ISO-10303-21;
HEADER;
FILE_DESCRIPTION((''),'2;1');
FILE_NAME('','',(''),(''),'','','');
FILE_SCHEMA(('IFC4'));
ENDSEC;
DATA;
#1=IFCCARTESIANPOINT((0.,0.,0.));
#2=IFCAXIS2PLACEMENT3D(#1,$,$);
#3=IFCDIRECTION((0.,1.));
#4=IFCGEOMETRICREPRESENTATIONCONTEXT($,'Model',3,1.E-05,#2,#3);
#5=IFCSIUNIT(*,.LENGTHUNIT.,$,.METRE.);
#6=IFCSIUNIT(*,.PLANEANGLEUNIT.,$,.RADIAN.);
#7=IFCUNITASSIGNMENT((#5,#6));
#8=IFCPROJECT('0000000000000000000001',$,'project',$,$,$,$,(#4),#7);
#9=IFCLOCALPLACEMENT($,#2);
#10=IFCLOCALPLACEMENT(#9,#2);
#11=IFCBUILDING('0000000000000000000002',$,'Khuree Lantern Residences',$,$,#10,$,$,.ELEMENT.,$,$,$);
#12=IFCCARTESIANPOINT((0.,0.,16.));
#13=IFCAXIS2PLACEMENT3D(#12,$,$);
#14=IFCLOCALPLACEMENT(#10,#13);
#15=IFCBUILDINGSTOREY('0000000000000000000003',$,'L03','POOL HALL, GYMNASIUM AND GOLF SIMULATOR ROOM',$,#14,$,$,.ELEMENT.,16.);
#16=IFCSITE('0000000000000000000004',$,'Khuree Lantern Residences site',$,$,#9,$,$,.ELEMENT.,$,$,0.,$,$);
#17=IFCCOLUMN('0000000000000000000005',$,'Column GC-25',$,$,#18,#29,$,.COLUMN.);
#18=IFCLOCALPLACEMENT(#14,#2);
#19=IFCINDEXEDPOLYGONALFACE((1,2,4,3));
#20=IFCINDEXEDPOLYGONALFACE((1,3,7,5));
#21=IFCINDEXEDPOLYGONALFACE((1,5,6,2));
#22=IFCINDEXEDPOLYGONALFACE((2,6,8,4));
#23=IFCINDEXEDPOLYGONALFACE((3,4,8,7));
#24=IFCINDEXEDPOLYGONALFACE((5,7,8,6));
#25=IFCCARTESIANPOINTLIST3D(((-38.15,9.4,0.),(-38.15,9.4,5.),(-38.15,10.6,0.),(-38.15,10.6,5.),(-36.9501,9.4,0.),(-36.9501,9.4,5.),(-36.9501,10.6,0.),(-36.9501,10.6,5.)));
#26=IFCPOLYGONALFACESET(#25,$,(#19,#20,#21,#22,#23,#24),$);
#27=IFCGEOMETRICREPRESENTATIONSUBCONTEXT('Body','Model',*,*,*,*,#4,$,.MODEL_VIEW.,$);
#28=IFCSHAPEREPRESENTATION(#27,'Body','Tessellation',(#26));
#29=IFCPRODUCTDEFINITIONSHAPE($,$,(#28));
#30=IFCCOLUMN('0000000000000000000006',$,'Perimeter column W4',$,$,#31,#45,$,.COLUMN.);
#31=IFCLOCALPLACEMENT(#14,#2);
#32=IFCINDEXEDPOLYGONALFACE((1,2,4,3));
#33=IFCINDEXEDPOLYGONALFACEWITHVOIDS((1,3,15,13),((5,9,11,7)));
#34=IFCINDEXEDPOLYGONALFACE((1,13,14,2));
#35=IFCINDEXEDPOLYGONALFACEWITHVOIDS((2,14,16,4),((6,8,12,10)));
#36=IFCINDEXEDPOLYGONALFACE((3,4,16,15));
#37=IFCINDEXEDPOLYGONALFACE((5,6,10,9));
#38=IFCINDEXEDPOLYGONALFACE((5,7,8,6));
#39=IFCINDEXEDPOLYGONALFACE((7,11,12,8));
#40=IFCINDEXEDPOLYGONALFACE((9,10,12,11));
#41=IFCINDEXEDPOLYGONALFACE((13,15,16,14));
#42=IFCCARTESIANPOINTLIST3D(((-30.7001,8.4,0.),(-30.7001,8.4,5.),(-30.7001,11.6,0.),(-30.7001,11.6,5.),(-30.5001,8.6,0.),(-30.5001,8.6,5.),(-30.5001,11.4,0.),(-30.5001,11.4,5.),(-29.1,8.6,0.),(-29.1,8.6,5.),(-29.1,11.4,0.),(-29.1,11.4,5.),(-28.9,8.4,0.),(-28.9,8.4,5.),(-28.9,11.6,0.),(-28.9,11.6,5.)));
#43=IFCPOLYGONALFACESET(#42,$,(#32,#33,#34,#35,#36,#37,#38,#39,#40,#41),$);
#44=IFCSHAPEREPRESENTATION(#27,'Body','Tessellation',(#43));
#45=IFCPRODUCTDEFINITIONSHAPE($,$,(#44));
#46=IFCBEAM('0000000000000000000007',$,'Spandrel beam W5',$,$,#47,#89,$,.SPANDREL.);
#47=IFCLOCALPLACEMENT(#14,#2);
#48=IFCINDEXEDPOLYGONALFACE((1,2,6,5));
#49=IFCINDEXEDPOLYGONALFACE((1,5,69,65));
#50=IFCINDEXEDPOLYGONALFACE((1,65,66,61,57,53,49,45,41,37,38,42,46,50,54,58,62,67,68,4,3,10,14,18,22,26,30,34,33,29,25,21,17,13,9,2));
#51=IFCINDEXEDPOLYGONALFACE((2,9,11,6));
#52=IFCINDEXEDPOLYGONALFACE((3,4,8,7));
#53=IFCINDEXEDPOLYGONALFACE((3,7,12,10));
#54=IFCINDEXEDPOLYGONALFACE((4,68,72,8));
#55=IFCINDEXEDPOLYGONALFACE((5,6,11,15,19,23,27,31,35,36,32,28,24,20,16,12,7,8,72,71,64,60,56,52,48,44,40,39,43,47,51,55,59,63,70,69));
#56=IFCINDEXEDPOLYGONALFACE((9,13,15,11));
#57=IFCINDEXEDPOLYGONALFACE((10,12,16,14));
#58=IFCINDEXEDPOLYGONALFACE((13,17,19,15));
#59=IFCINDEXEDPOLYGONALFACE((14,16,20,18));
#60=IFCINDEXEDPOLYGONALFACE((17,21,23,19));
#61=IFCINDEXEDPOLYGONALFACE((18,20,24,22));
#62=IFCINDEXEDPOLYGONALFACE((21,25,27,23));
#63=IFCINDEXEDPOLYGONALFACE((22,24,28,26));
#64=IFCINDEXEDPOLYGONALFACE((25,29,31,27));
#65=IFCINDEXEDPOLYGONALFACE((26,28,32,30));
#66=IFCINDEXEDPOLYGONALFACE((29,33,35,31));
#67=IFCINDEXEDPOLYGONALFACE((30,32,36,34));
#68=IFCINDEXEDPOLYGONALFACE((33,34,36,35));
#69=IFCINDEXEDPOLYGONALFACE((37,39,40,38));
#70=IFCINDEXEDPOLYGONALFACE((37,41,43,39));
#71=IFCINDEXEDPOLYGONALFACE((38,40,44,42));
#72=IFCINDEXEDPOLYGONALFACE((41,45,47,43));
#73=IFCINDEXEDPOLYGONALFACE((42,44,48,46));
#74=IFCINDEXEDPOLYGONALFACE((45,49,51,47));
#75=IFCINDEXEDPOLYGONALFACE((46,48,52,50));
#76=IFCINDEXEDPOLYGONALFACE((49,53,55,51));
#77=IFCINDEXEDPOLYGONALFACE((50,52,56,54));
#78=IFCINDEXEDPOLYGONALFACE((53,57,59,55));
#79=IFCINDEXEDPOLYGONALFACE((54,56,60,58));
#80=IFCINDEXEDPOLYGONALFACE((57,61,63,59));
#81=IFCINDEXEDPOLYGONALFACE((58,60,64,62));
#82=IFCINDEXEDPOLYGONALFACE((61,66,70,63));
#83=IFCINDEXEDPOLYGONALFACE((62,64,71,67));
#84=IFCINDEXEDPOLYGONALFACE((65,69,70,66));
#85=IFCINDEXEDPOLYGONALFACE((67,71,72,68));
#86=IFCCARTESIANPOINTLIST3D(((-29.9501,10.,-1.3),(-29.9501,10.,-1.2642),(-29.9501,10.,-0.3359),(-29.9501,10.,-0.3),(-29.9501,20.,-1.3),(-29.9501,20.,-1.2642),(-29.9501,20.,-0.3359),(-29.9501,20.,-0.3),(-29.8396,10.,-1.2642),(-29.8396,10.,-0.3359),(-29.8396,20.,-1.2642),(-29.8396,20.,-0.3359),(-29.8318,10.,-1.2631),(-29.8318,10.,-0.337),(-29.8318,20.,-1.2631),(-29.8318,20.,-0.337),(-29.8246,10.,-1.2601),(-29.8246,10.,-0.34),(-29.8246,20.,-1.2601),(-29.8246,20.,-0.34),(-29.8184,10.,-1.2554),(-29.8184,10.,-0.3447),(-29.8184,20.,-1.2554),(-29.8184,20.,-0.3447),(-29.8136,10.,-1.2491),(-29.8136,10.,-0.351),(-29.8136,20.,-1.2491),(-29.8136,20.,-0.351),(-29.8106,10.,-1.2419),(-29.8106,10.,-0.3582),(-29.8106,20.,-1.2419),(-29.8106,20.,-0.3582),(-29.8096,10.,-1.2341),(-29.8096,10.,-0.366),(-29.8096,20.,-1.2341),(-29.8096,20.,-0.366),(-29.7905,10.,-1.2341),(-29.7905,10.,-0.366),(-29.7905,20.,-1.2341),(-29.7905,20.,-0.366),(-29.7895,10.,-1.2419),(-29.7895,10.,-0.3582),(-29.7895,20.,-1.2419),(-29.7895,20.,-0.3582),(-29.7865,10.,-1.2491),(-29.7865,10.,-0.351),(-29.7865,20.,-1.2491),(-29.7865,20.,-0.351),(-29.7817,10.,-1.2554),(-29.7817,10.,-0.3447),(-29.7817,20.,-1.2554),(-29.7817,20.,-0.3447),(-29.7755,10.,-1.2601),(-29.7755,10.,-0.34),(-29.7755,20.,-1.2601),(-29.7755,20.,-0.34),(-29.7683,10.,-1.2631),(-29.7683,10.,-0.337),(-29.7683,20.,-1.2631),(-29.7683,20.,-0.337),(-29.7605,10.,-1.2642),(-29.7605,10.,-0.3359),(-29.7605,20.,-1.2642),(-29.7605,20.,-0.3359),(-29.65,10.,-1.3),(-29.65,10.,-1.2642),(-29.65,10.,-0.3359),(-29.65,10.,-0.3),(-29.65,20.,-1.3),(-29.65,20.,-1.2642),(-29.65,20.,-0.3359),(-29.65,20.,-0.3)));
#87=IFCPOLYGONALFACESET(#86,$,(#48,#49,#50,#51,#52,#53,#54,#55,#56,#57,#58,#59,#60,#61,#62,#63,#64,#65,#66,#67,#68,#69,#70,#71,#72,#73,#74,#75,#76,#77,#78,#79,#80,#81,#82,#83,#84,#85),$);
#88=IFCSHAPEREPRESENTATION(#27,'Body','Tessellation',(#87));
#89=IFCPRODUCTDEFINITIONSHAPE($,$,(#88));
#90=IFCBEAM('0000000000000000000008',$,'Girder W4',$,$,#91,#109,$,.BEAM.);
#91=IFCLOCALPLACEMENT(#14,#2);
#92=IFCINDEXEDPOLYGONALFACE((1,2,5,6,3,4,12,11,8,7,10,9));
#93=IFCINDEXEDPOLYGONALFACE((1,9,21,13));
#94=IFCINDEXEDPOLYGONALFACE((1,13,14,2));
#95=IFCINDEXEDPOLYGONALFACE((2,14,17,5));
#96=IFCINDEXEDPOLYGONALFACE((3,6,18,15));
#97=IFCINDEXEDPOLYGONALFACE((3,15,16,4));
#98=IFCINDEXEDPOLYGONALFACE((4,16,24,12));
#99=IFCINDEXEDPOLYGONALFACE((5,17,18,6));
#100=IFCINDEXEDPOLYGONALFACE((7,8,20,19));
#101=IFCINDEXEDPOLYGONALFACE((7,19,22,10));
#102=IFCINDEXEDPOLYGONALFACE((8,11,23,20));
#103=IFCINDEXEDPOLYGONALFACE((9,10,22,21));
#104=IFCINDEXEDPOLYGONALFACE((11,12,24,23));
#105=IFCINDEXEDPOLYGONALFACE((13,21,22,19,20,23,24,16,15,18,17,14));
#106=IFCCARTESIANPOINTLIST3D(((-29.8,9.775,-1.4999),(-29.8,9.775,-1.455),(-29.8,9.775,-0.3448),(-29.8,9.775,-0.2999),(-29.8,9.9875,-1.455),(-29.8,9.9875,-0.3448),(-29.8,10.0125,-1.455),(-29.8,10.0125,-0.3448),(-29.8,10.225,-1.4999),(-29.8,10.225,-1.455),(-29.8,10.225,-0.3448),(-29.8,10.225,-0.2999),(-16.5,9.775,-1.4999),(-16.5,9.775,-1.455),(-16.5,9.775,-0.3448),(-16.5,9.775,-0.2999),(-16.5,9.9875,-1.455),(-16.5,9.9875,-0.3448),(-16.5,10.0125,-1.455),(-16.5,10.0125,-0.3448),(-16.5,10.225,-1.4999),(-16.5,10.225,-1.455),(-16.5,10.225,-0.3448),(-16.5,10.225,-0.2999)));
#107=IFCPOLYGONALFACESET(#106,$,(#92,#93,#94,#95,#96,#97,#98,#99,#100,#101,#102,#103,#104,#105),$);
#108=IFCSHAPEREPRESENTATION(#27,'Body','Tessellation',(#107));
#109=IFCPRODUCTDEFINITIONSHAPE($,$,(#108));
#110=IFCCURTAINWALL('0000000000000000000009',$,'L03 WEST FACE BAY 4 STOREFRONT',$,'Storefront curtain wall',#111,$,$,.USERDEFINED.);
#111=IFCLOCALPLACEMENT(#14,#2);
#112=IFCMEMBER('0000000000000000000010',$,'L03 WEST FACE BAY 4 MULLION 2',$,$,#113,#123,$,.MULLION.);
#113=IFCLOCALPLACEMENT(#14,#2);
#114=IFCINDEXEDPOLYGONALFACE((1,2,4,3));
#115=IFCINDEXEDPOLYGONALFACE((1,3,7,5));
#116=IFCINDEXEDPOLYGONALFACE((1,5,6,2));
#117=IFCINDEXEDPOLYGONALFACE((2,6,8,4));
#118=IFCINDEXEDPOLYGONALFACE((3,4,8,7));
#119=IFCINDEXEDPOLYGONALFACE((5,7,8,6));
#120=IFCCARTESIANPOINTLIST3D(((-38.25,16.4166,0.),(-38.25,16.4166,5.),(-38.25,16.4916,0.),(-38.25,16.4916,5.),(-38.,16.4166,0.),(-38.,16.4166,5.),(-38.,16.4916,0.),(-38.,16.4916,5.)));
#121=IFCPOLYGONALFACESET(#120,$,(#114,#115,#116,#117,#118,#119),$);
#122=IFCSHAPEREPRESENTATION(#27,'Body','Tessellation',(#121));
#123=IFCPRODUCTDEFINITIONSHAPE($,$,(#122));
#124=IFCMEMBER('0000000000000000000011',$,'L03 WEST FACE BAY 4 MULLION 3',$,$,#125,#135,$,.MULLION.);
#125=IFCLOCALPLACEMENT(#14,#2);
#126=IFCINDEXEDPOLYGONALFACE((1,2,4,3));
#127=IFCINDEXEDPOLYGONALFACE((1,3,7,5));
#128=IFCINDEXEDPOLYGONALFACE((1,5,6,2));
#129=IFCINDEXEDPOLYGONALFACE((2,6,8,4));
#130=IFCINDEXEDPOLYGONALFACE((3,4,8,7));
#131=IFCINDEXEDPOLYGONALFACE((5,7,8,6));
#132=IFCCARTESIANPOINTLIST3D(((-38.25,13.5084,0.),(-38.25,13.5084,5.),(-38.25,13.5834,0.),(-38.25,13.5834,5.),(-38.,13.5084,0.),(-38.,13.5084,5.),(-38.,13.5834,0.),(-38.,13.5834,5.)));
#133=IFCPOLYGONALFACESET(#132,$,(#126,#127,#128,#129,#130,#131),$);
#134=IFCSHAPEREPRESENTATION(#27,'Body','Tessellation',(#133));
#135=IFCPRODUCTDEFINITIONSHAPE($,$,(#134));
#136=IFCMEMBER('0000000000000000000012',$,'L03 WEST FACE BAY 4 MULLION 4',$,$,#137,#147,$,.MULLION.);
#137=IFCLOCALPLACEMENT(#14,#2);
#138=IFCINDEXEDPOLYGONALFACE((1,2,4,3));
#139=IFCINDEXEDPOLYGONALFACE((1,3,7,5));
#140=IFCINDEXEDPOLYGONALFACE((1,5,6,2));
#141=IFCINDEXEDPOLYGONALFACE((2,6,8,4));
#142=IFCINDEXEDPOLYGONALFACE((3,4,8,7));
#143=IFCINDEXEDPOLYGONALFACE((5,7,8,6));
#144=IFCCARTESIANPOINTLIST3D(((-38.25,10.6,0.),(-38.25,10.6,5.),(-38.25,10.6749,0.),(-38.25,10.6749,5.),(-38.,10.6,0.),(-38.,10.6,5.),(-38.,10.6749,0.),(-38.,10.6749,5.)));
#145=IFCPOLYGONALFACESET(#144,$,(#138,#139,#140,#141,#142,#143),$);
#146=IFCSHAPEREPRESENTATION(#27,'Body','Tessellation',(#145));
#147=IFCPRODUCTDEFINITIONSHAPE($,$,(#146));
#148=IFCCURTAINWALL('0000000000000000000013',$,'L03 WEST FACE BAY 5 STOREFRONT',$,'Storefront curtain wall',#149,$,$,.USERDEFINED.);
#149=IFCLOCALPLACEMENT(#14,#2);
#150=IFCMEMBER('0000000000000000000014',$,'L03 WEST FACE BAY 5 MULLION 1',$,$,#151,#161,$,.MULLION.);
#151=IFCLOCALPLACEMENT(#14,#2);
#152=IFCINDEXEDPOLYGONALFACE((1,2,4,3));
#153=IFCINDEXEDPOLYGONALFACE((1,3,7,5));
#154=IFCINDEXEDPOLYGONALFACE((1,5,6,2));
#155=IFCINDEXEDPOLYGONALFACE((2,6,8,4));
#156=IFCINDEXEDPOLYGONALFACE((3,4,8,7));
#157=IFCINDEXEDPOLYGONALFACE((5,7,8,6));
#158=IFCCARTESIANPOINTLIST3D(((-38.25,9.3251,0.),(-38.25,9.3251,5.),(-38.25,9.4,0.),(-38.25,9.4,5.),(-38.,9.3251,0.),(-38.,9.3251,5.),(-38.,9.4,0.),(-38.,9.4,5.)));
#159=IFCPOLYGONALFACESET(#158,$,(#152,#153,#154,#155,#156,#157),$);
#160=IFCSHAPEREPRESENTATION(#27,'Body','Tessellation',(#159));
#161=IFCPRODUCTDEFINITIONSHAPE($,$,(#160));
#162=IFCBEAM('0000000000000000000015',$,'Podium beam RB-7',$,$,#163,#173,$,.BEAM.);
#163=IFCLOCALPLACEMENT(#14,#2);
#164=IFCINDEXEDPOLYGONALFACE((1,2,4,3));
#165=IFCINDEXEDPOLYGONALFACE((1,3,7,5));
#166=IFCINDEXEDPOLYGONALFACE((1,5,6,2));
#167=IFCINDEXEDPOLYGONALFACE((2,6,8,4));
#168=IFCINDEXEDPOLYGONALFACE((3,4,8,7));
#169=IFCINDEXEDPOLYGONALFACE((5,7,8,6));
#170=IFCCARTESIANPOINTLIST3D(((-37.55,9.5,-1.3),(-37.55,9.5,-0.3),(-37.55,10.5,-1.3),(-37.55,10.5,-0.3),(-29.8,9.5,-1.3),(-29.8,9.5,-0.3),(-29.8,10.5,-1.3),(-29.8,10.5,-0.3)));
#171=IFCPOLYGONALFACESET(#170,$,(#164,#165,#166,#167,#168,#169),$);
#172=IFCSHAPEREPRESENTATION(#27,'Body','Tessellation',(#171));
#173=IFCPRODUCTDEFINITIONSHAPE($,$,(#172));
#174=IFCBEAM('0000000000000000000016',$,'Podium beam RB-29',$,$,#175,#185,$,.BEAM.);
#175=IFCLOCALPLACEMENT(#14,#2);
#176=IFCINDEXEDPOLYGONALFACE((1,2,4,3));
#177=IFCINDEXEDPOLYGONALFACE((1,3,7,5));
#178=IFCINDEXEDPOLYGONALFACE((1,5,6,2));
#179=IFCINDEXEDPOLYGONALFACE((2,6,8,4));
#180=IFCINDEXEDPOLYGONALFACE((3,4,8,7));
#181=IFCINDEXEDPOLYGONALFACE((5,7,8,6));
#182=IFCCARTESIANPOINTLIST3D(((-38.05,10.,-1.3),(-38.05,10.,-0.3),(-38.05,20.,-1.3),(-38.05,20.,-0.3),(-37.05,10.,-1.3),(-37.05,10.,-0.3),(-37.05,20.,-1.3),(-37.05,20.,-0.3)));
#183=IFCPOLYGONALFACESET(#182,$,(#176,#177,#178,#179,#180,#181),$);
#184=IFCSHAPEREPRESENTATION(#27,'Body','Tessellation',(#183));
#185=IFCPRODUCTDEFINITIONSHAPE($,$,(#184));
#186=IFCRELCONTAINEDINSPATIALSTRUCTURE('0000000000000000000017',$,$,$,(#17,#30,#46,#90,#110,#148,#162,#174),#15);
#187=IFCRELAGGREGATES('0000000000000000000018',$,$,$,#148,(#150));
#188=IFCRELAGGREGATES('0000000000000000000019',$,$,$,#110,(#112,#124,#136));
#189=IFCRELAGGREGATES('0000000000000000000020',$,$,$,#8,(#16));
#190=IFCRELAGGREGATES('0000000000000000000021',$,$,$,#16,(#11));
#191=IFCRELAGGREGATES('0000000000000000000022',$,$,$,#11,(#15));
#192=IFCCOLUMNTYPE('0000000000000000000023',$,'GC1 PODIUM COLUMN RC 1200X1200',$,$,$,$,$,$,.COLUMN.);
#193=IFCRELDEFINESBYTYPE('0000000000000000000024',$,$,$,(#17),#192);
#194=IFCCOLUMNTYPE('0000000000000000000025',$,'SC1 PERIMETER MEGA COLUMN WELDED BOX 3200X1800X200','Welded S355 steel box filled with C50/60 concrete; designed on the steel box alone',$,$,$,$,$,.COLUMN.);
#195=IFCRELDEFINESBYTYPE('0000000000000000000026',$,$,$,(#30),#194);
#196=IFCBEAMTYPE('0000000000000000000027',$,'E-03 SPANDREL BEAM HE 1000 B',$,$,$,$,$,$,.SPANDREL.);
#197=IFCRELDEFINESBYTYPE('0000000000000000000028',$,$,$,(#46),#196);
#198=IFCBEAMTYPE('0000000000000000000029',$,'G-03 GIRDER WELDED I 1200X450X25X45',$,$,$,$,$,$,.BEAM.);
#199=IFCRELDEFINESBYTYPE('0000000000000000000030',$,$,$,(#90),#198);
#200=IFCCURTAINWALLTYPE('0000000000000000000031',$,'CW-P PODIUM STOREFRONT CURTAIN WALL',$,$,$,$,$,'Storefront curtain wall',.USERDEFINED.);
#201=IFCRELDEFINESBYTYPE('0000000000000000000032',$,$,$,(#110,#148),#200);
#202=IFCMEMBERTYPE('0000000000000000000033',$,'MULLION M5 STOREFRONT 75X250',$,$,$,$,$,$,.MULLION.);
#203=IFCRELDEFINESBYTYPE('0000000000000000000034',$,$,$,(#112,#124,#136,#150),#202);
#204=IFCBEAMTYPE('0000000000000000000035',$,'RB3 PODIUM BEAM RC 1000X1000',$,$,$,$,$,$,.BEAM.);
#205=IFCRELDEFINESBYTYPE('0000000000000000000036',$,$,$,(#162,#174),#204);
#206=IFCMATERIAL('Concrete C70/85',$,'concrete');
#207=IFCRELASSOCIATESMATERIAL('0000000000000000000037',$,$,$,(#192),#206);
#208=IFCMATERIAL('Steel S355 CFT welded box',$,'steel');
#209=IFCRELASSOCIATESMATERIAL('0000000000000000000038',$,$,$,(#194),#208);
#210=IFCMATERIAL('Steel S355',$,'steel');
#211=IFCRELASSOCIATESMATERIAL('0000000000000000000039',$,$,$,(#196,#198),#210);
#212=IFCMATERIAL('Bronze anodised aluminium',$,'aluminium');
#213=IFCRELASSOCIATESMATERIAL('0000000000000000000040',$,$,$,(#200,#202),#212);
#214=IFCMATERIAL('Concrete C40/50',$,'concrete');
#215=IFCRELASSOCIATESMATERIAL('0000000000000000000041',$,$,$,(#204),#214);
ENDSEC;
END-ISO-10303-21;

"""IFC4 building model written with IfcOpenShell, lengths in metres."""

from ifc_helpers import new_model, si_unit, direction, frame, origin, origin_2d, place, context, subcontext, project, spatial, rectangle, hollow_rectangle, i_section, extrude, material, material_profile, profile_set, type_object, element, aggregate, save


model = new_model("IFC4")

# Units and contexts
model_context = context("Model", 3, precision=1e-05, world=origin(), true_north=direction((0.0, 1.0)))
body_context = subcontext(model_context, "Body", "Model", "MODEL_VIEW")
ifc_project = project(units=[si_unit("LENGTHUNIT", "METRE"), si_unit("PLANEANGLEUNIT", "RADIAN")], contexts=[model_context])

# Site, building, storey
site_placement = place(None, origin())
site = spatial("IfcSite", under=ifc_project, at=site_placement, Name="Khuree Lantern Residences site", CompositionType="ELEMENT", RefElevation=0.0)
building_placement = place(site_placement, origin())
building = spatial("IfcBuilding", under=site, at=building_placement, Name="Khuree Lantern Residences", CompositionType="ELEMENT")
storey_placement = place(building_placement, frame((0.0, 0.0, 16.0)))
storey = spatial("IfcBuildingStorey", under=building, at=storey_placement, Name="L03", Description="POOL HALL, GYMNASIUM AND GOLF SIMULATOR ROOM", CompositionType="ELEMENT", Elevation=16.0)

# Columns
ifc_material_1 = material(Name="Concrete C70/85", Category="concrete")
ifc_material_profile_1 = material_profile(ifc_material_1, rectangle(XDim=1.2, YDim=1.2, at=origin_2d()), Name="RC 1200X1200")
ifc_profile_set_1 = profile_set([ifc_material_profile_1], Name="Concrete C70/85")
column_type_1 = type_object("IfcColumnType", Name="GC1 PODIUM COLUMN RC 1200X1200", PredefinedType="COLUMN", material=ifc_profile_set_1)
column_1_placement = place(storey_placement, frame((-37.55, 10.0, 0.0), z_axis=(0.0, 0.0, 1.0), x_axis=(1.0, 0.0, 0.0)))
element("IfcColumn", 1, at=column_1_placement, inside=storey, type_object=column_type_1, Name="Column GC-25", PredefinedType="COLUMN", context=body_context, shape_type="SweptSolid", body=[
    extrude(rectangle(XDim=1.2, YDim=1.2, at=origin_2d()), origin(), (0.0, 0.0, 1.0), 5.0),
])
ifc_material_2 = material(Name="Steel S355 CFT welded box", Category="steel")
ifc_material_profile_2 = material_profile(ifc_material_2, hollow_rectangle(XDim=3.2, YDim=1.8, WallThickness=0.2, at=origin_2d()), Name="WELDED BOX 3200X1800X200")
ifc_profile_set_2 = profile_set([ifc_material_profile_2], Name="Steel S355 CFT welded box")
column_type_2 = type_object("IfcColumnType", Name="SC1 PERIMETER MEGA COLUMN WELDED BOX 3200X1800X200", Description="Welded S355 steel box filled with C50/60 concrete; designed on the steel box alone", PredefinedType="COLUMN", material=ifc_profile_set_2)
column_2_placement = place(storey_placement, frame((-29.8, 10.0, 0.0), z_axis=(0.0, 0.0, 1.0), x_axis=(0.0, 1.0, 0.0)))
element("IfcColumn", 2, at=column_2_placement, inside=storey, type_object=column_type_2, Name="Perimeter column W4", PredefinedType="COLUMN", context=body_context, shape_type="SweptSolid", body=[
    extrude(hollow_rectangle(XDim=3.2, YDim=1.8, WallThickness=0.2, at=origin_2d()), origin(), (0.0, 0.0, 1.0), 5.0),
])

# Beams
ifc_material_3 = material(Name="Steel S355", Category="steel")
ifc_material_profile_3 = material_profile(ifc_material_3, i_section(OverallWidth=0.3, OverallDepth=1.0, WebThickness=0.019, FlangeThickness=0.0359, FilletRadius=0.03, at=origin_2d()), Name="HE 1000 B")
ifc_profile_set_3 = profile_set([ifc_material_profile_3], Name="Steel S355")
beam_type_1 = type_object("IfcBeamType", Name="E-03 SPANDREL BEAM HE 1000 B", PredefinedType="SPANDREL", material=ifc_profile_set_3)
beam_1_placement = place(storey_placement, frame((-29.8, 10.0, -0.8), z_axis=(0.0, 1.0, 0.0), x_axis=(-1.0, 0.0, 0.0)))
element("IfcBeam", 3, at=beam_1_placement, inside=storey, type_object=beam_type_1, Name="Spandrel beam W5", PredefinedType="SPANDREL", context=body_context, shape_type="SweptSolid", body=[
    extrude(i_section(OverallWidth=0.3, OverallDepth=1.0, WebThickness=0.019, FlangeThickness=0.0359, FilletRadius=0.03, at=origin_2d()), origin(), (0.0, 0.0, 1.0), 10.0),
])
ifc_material_profile_4 = material_profile(ifc_material_3, i_section(OverallWidth=0.45, OverallDepth=1.2, WebThickness=0.0249, FlangeThickness=0.0449, at=origin_2d()), Name="WELDED I 1200X450X25X45")
ifc_profile_set_4 = profile_set([ifc_material_profile_4], Name="Steel S355")
beam_type_2 = type_object("IfcBeamType", Name="G-03 GIRDER WELDED I 1200X450X25X45", PredefinedType="BEAM", material=ifc_profile_set_4)
beam_2_placement = place(storey_placement, frame((-29.8, 10.0, -0.8999), z_axis=(1.0, 0.0, 0.0), x_axis=(0.0, 1.0, 0.0)))
element("IfcBeam", 4, at=beam_2_placement, inside=storey, type_object=beam_type_2, Name="Girder W4", PredefinedType="BEAM", context=body_context, shape_type="SweptSolid", body=[
    extrude(i_section(OverallWidth=0.45, OverallDepth=1.2, WebThickness=0.0249, FlangeThickness=0.0449, at=origin_2d()), origin(), (0.0, 0.0, 1.0), 13.3),
])

# Curtain wall, members
ifc_material_4 = material(Name="Bronze anodised aluminium", Category="aluminium")
curtain_wall_type = type_object("IfcCurtainWallType", Name="CW-P PODIUM STOREFRONT CURTAIN WALL", ElementType="Storefront curtain wall", PredefinedType="USERDEFINED", material=ifc_material_4)
curtain_wall_1_placement = place(storey_placement, origin())
curtain_wall_1 = element("IfcCurtainWall", 5, at=curtain_wall_1_placement, inside=storey, type_object=curtain_wall_type, Name="L03 WEST FACE BAY 4 STOREFRONT", ObjectType="Storefront curtain wall", PredefinedType="USERDEFINED")
ifc_material_profile_5 = material_profile(ifc_material_4, rectangle(XDim=0.075, YDim=0.25, at=origin_2d()), Name="M5 75X250")
ifc_profile_set_5 = profile_set([ifc_material_profile_5], Name="Bronze anodised aluminium")
member_type_1 = type_object("IfcMemberType", Name="MULLION M5 STOREFRONT 75X250", PredefinedType="MULLION", material=ifc_profile_set_5)
member_1_placement = place(storey_placement, frame((-38.125, 16.4541, 0.0), z_axis=(0.0, 0.0, 1.0), x_axis=(0.0, -1.0, 0.0)))
member_1 = element("IfcMember", 6, at=member_1_placement, type_object=member_type_1, Name="L03 WEST FACE BAY 4 MULLION 2", PredefinedType="MULLION", context=body_context, shape_type="SweptSolid", body=[
    extrude(rectangle(XDim=0.075, YDim=0.25, at=origin_2d()), origin(), (0.0, 0.0, 1.0), 5.0),
])
member_2_placement = place(storey_placement, frame((-38.125, 13.5459, 0.0), z_axis=(0.0, 0.0, 1.0), x_axis=(0.0, -1.0, 0.0)))
member_2 = element("IfcMember", 7, at=member_2_placement, type_object=member_type_1, Name="L03 WEST FACE BAY 4 MULLION 3", PredefinedType="MULLION", context=body_context, shape_type="SweptSolid", body=[
    extrude(rectangle(XDim=0.075, YDim=0.25, at=origin_2d()), origin(), (0.0, 0.0, 1.0), 5.0),
])
member_3_placement = place(storey_placement, frame((-38.125, 10.6375, 0.0), z_axis=(0.0, 0.0, 1.0), x_axis=(0.0, -1.0, 0.0)))
member_3 = element("IfcMember", 8, at=member_3_placement, type_object=member_type_1, Name="L03 WEST FACE BAY 4 MULLION 4", PredefinedType="MULLION", context=body_context, shape_type="SweptSolid", body=[
    extrude(rectangle(XDim=0.075, YDim=0.25, at=origin_2d()), origin(), (0.0, 0.0, 1.0), 5.0),
])

# Curtain wall, member
curtain_wall_2_placement = place(storey_placement, origin())
curtain_wall_2 = element("IfcCurtainWall", 9, at=curtain_wall_2_placement, inside=storey, type_object=curtain_wall_type, Name="L03 WEST FACE BAY 5 STOREFRONT", ObjectType="Storefront curtain wall", PredefinedType="USERDEFINED")
member_4_placement = place(storey_placement, frame((-38.125, 9.3625, 0.0), z_axis=(0.0, 0.0, 1.0), x_axis=(0.0, -1.0, 0.0)))
member_4 = element("IfcMember", 10, at=member_4_placement, type_object=member_type_1, Name="L03 WEST FACE BAY 5 MULLION 1", PredefinedType="MULLION", context=body_context, shape_type="SweptSolid", body=[
    extrude(rectangle(XDim=0.075, YDim=0.25, at=origin_2d()), origin(), (0.0, 0.0, 1.0), 5.0),
])

# Beams
ifc_material_5 = material(Name="Concrete C40/50", Category="concrete")
ifc_material_profile_6 = material_profile(ifc_material_5, rectangle(XDim=1.0, YDim=1.0, at=origin_2d()), Name="RC 1000X1000")
ifc_profile_set_6 = profile_set([ifc_material_profile_6], Name="Concrete C40/50")
beam_type_3 = type_object("IfcBeamType", Name="RB3 PODIUM BEAM RC 1000X1000", PredefinedType="BEAM", material=ifc_profile_set_6)
beam_3_placement = place(storey_placement, frame((-37.55, 10.0, -0.8), z_axis=(1.0, 0.0, 0.0), x_axis=(0.0, 1.0, 0.0)))
element("IfcBeam", 11, at=beam_3_placement, inside=storey, type_object=beam_type_3, Name="Podium beam RB-7", PredefinedType="BEAM", context=body_context, shape_type="SweptSolid", body=[
    extrude(rectangle(XDim=1.0, YDim=1.0, at=origin_2d()), origin(), (0.0, 0.0, 1.0), 7.75),
])
beam_4_placement = place(storey_placement, frame((-37.55, 10.0, -0.8), z_axis=(0.0, 1.0, 0.0), x_axis=(-1.0, 0.0, 0.0)))
element("IfcBeam", 12, at=beam_4_placement, inside=storey, type_object=beam_type_3, Name="Podium beam RB-29", PredefinedType="BEAM", context=body_context, shape_type="SweptSolid", body=[
    extrude(rectangle(XDim=1.0, YDim=1.0, at=origin_2d()), origin(), (0.0, 0.0, 1.0), 10.0),
])

aggregate(curtain_wall_2, [member_4])
aggregate(curtain_wall_1, [member_1, member_2, member_3])

save(model, "model.ifc")
